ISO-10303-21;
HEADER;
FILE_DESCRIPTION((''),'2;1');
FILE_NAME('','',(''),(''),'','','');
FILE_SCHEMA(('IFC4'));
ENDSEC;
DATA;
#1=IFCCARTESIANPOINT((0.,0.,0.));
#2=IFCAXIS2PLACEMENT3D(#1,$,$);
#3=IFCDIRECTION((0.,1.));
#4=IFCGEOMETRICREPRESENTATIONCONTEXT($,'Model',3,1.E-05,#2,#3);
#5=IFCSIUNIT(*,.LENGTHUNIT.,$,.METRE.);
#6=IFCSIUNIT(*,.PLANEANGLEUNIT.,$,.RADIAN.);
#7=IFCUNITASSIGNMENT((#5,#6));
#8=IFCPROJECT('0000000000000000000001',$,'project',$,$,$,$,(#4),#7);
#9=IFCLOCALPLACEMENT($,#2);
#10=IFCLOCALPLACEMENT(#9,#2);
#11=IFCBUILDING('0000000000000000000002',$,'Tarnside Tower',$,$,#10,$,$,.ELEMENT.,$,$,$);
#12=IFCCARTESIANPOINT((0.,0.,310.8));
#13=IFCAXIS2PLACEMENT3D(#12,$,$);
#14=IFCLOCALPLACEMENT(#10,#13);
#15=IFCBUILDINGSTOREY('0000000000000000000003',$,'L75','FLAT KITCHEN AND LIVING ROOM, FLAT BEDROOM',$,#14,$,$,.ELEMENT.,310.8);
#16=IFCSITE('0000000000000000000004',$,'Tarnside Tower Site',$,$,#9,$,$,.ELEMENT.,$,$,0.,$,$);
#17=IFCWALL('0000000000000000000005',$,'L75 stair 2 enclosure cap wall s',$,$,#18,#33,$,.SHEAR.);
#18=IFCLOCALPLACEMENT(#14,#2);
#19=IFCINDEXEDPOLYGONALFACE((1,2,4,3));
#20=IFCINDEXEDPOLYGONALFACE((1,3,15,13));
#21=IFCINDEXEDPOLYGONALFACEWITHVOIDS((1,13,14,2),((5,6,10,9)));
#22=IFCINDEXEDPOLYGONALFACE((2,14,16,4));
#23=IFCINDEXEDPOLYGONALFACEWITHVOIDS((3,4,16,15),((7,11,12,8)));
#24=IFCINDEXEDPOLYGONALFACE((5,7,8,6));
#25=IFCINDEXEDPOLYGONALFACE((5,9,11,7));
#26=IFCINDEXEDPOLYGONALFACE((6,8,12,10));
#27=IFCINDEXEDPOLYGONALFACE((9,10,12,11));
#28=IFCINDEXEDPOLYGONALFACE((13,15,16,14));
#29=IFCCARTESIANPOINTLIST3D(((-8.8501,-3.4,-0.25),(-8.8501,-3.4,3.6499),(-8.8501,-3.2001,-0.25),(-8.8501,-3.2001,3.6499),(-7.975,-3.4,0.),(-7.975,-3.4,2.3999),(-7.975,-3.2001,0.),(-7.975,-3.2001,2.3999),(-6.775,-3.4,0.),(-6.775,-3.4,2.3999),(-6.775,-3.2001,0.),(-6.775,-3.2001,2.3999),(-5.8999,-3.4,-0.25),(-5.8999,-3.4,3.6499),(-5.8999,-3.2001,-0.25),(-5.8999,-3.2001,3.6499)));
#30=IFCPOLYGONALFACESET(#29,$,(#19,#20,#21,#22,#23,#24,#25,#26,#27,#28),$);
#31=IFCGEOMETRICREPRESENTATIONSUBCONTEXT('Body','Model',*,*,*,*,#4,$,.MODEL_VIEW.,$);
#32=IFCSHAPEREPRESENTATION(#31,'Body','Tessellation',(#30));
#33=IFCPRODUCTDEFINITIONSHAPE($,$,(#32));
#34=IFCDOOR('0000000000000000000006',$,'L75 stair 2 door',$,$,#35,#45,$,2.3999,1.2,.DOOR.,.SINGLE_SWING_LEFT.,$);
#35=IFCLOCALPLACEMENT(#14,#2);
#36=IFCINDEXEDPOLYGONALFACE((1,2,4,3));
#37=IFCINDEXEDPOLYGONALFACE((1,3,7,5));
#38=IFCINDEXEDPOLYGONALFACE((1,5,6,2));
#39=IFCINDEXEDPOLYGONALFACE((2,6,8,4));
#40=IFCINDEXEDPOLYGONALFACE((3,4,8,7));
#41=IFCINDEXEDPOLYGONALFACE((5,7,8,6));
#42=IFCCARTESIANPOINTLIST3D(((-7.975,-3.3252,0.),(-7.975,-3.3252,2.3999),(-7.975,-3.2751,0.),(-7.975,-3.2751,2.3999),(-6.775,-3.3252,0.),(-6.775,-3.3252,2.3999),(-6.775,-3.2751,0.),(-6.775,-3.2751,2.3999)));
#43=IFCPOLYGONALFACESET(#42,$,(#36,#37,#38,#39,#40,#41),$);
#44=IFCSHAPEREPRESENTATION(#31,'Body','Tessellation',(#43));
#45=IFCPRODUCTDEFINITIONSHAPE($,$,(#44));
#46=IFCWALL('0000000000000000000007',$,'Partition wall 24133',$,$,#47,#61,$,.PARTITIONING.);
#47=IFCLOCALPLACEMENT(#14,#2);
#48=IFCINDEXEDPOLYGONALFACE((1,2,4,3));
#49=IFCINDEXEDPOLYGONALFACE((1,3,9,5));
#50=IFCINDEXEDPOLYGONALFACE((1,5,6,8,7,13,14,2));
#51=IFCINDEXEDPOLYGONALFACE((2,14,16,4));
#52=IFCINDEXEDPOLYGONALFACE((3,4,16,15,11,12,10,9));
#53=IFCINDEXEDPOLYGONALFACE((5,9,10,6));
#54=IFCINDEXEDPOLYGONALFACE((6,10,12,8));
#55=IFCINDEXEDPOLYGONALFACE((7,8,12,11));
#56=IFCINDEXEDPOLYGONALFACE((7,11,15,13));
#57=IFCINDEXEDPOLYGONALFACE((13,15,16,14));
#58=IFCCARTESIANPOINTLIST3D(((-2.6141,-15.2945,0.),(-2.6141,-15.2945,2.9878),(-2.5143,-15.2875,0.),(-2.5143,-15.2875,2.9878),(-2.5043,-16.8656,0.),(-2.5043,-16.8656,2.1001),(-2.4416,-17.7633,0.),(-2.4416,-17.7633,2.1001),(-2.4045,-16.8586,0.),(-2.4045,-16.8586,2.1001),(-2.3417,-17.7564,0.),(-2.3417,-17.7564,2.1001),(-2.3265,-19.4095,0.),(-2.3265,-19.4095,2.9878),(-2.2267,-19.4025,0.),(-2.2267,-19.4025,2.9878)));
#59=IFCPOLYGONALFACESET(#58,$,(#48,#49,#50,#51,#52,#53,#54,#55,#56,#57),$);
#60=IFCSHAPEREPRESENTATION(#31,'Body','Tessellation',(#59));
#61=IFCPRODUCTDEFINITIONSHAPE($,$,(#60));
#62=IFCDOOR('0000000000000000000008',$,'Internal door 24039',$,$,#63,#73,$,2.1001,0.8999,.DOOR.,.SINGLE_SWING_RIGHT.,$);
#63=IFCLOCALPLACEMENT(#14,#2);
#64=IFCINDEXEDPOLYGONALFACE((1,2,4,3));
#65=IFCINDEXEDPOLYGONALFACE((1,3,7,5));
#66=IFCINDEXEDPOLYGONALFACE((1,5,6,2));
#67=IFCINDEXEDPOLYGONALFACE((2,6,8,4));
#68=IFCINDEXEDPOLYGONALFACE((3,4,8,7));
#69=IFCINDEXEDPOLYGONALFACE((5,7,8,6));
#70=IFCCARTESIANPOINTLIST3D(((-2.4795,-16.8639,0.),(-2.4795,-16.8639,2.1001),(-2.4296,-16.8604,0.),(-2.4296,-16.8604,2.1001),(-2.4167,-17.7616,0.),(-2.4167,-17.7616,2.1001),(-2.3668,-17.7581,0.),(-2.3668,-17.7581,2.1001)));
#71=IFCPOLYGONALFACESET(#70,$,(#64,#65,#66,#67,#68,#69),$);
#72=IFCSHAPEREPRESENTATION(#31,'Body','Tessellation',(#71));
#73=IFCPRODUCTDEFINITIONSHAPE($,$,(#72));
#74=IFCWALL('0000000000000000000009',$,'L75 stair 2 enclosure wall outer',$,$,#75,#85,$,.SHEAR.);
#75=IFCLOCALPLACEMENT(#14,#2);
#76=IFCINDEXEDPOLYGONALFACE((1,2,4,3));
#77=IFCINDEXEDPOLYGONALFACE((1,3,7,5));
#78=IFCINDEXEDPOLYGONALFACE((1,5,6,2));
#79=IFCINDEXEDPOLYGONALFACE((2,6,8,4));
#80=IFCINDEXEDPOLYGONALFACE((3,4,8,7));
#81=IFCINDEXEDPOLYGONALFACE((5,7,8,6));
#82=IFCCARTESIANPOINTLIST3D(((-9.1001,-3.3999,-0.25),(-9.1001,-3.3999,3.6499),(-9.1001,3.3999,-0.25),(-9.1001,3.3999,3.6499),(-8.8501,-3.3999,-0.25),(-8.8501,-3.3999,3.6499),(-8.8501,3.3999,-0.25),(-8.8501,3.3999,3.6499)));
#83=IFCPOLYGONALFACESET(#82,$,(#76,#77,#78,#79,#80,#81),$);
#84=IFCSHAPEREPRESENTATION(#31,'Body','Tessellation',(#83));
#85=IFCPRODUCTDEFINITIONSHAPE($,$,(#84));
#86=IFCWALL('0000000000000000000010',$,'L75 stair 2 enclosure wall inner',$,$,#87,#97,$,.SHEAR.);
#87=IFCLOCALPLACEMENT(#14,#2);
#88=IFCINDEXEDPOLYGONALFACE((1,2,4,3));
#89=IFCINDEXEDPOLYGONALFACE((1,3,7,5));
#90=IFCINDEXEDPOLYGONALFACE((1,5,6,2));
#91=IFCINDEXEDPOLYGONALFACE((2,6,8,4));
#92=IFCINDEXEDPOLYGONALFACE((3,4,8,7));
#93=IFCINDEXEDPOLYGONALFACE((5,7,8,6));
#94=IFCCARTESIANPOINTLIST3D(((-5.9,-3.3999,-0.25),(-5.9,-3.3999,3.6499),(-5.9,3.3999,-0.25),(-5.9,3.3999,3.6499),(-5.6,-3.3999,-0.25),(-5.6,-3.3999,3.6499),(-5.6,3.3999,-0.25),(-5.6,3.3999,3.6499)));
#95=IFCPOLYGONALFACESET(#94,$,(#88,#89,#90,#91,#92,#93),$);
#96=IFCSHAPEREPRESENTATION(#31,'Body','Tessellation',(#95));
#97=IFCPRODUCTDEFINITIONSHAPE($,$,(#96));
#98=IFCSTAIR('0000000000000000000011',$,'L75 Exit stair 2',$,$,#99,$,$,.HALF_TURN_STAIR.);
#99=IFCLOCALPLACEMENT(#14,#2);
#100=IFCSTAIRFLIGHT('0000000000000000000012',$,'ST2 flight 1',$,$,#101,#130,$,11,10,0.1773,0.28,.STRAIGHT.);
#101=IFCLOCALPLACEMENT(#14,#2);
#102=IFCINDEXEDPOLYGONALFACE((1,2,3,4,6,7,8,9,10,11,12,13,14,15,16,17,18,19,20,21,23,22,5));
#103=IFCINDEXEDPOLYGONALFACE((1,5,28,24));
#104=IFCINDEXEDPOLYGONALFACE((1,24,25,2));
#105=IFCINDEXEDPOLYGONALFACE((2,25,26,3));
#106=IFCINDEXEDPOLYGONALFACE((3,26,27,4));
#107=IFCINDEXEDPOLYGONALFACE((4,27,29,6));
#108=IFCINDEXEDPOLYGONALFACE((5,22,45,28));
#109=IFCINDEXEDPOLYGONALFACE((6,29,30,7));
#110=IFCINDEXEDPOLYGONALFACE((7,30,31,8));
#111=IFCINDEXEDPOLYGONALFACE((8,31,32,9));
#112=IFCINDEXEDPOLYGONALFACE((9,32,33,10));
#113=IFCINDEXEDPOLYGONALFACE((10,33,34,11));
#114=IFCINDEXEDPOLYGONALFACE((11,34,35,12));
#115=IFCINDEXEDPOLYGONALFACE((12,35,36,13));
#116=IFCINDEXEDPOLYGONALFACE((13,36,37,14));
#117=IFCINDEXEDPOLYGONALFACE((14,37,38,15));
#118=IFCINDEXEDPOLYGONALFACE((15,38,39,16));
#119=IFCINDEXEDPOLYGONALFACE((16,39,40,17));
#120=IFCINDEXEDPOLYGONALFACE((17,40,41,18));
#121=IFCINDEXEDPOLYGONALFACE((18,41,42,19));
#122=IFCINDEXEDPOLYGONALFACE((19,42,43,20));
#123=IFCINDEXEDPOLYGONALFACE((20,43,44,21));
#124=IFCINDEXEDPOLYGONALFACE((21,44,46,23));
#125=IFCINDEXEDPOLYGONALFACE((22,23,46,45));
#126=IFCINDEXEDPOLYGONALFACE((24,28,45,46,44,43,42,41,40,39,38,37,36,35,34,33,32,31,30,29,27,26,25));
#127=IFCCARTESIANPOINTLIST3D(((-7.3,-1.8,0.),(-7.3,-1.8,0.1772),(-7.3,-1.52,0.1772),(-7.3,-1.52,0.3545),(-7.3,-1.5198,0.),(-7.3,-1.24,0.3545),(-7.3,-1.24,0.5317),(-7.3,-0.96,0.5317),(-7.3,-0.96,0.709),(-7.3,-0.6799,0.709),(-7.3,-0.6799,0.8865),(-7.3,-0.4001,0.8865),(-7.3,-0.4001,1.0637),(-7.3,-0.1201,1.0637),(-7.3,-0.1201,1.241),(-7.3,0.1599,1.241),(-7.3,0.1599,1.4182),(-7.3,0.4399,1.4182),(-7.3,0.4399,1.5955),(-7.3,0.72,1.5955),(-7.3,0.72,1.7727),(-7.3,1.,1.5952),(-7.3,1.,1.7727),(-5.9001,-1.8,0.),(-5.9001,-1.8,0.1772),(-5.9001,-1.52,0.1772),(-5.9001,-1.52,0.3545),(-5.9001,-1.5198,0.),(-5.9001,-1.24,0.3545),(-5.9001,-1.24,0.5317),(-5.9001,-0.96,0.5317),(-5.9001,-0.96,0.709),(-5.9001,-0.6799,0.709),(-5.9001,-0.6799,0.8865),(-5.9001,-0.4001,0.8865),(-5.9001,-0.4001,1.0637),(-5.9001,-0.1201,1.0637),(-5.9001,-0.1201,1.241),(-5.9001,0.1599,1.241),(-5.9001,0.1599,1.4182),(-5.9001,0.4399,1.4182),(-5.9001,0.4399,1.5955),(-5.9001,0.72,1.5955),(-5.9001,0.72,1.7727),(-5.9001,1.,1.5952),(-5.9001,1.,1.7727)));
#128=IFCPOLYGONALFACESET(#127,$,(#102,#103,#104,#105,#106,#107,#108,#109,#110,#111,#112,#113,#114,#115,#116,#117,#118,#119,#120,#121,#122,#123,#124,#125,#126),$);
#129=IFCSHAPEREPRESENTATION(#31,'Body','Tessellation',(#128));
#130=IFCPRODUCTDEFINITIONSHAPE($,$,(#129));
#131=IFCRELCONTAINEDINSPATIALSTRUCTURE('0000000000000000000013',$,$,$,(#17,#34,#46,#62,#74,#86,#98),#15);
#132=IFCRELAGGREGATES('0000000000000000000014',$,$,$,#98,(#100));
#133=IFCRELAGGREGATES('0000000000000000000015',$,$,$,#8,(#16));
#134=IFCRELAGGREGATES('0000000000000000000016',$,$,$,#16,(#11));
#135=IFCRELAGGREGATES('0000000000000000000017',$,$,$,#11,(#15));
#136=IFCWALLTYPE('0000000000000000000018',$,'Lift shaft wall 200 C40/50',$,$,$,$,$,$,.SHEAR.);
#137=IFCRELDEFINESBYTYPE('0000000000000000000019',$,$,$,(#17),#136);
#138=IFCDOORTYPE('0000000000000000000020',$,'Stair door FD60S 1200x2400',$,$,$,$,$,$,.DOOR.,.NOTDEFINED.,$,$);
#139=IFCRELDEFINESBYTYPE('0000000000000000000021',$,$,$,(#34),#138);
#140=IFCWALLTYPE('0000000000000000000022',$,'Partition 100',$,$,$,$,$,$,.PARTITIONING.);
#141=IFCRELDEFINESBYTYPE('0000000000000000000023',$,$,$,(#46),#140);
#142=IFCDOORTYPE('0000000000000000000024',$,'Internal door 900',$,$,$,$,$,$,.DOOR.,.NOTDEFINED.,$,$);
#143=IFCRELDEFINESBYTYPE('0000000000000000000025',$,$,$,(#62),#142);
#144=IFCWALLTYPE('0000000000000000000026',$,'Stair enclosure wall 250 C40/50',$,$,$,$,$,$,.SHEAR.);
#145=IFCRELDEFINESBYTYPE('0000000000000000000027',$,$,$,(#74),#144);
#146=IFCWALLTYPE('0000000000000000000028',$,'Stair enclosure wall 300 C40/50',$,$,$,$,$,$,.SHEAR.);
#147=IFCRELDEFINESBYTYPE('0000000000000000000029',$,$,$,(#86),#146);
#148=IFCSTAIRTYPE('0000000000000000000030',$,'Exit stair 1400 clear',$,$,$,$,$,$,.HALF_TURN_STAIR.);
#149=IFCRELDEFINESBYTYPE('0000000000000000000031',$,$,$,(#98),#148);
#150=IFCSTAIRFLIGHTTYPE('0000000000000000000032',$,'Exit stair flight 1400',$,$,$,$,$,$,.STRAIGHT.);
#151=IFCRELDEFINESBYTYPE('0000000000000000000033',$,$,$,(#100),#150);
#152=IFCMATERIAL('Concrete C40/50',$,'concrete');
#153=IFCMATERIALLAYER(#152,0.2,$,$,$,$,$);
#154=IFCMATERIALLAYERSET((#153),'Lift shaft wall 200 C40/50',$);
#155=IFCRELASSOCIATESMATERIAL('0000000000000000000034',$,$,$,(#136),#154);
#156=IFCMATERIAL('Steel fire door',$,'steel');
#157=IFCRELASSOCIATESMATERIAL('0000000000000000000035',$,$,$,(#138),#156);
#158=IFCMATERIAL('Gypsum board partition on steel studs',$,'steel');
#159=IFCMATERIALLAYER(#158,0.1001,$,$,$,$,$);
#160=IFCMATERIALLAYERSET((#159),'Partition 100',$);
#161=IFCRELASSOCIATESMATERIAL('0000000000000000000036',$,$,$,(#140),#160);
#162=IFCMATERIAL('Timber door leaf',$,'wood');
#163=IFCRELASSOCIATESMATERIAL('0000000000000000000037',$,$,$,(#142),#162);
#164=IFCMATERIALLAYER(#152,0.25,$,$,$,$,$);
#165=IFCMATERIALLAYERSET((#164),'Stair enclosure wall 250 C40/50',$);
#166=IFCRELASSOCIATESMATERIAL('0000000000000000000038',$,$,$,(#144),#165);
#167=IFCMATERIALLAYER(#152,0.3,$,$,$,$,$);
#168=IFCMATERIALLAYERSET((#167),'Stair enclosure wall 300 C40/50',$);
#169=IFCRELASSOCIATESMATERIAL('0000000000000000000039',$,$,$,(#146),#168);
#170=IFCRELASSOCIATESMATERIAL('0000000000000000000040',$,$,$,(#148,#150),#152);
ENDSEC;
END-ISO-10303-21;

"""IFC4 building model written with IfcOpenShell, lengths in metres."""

from ifc_helpers import new_model, si_unit, direction, frame, frame_2d, origin, place, context, subcontext, project, spatial, polyline, rectangle, outline, extrude, material, layer, layer_set, type_object, element, fill, aggregate, save


model = new_model("IFC4")

# Units and contexts
model_context = context("Model", 3, precision=1e-05, world=origin(), true_north=direction((0.0, 1.0)))
body_context = subcontext(model_context, "Body", "Model", "MODEL_VIEW")
ifc_project = project(units=[si_unit("LENGTHUNIT", "METRE"), si_unit("PLANEANGLEUNIT", "RADIAN")], contexts=[model_context])

# Site, building, storey
site_placement = place(None, origin())
site = spatial("IfcSite", under=ifc_project, at=site_placement, Name="Tarnside Tower Site", CompositionType="ELEMENT", RefElevation=0.0)
building_placement = place(site_placement, origin())
building = spatial("IfcBuilding", under=site, at=building_placement, Name="Tarnside Tower", CompositionType="ELEMENT")
storey_placement = place(building_placement, frame((0.0, 0.0, 310.8)))
storey = spatial("IfcBuildingStorey", under=building, at=storey_placement, Name="L75", Description="FLAT KITCHEN AND LIVING ROOM, FLAT BEDROOM", CompositionType="ELEMENT", Elevation=310.8)

# Shared definitions
ifc_material_1 = material(Name="Gypsum board partition on steel studs", Category="steel")
ifc_material_2 = material(Name="Timber door leaf", Category="wood")
ifc_material_3 = material(Name="Concrete C40/50", Category="concrete")
ifc_material_4 = material(Name="Steel fire door", Category="steel")

# Shared definitions
ifc_layer_1 = layer(ifc_material_3, 0.2)
ifc_layer_set_1 = layer_set([ifc_layer_1], Name="Lift shaft wall 200 C40/50")
wall_type_1 = type_object("IfcWallType", Name="Lift shaft wall 200 C40/50", PredefinedType="SHEAR", material=ifc_layer_set_1)

# Walls, openings, doors
wall_1_placement = place(storey_placement, frame((-8.8501, -3.3, -0.25), z_axis=(0.0, 0.0, 1.0), x_axis=(1.0, 0.0, 0.0)))
wall_1 = element("IfcWall", 1, at=wall_1_placement, inside=storey, type_object=wall_type_1, Name="L75 stair 2 enclosure cap wall s", PredefinedType="SHEAR", context=body_context, shape_type="SweptSolid", body=[
    extrude(rectangle(XDim=2.9502, YDim=0.2, at=frame_2d((1.4751, 0.0))), origin(), (0.0, 0.0, 1.0), 3.8999),
])
opening_1_placement = place(wall_1_placement, frame((0.875, 0.0, 0.25)))
opening_1 = element("IfcOpeningElement", 2, at=opening_1_placement, cuts=wall_1, PredefinedType="OPENING", context=body_context, shape_type="SweptSolid", body=[
    extrude(rectangle(XDim=1.2, YDim=2.3999, at=frame_2d((0.6001, 1.2))), frame((0.0, 0.1099, 0.0), z_axis=(0.0, -1.0, 0.0), x_axis=(1.0, 0.0, 0.0)), (0.0, 0.0, 1.0), 0.22),
])
door_type_1 = type_object("IfcDoorType", Name="Stair door FD60S 1200x2400", OperationType="NOTDEFINED", PredefinedType="DOOR", material=ifc_material_4)
door_1_placement = place(opening_1_placement, origin())
door_1 = element("IfcDoor", 3, at=door_1_placement, inside=storey, type_object=door_type_1, Name="L75 stair 2 door", OperationType="SINGLE_SWING_LEFT", OverallHeight=2.3999, OverallWidth=1.2, PredefinedType="DOOR", context=body_context, shape_type="SweptSolid", body=[
    extrude(rectangle(XDim=1.2, YDim=2.3999, at=frame_2d((0.6001, 1.2))), frame((0.0, 0.0249, 0.0), z_axis=(0.0, -1.0, 0.0), x_axis=(1.0, 0.0, 0.0)), (0.0, 0.0, 1.0), 0.05),
])
fill(opening_1, door_1)
ifc_layer_2 = layer(ifc_material_1, 0.1001)
ifc_layer_set_2 = layer_set([ifc_layer_2], Name="Partition 100")
wall_type_2 = type_object("IfcWallType", Name="Partition 100", PredefinedType="PARTITIONING", material=ifc_layer_set_2)
wall_2_placement = place(storey_placement, frame((-2.5642, -15.291, 0.0), z_axis=(0.0, 0.0, 1.0), x_axis=(0.06972, -0.997567, 0.0)))
wall_2 = element("IfcWall", 4, at=wall_2_placement, inside=storey, type_object=wall_type_2, Name="Partition wall 24133", PredefinedType="PARTITIONING", context=body_context, shape_type="SweptSolid", body=[
    extrude(rectangle(XDim=4.125, YDim=0.1001, at=frame_2d((2.0625, 0.0))), origin(), (0.0, 0.0, 1.0), 2.9878),
])
opening_2_placement = place(wall_2_placement, frame((1.575, 0.0, 0.0)))
opening_2 = element("IfcOpeningElement", 5, at=opening_2_placement, cuts=wall_2, PredefinedType="OPENING", context=body_context, shape_type="SweptSolid", body=[
    extrude(rectangle(XDim=0.8999, YDim=2.1001, at=frame_2d((0.45, 1.05))), frame((0.0, 0.0601, 0.0), z_axis=(0.0, -1.0, 0.0), x_axis=(1.0, 0.0, 0.0)), (0.0, 0.0, 1.0), 0.1201),
])
door_type_2 = type_object("IfcDoorType", Name="Internal door 900", OperationType="NOTDEFINED", PredefinedType="DOOR", material=ifc_material_2)
door_2_placement = place(opening_2_placement, origin())
door_2 = element("IfcDoor", 6, at=door_2_placement, inside=storey, type_object=door_type_2, Name="Internal door 24039", OperationType="SINGLE_SWING_RIGHT", OverallHeight=2.1001, OverallWidth=0.8999, PredefinedType="DOOR", context=body_context, shape_type="SweptSolid", body=[
    extrude(rectangle(XDim=0.8999, YDim=2.1001, at=frame_2d((0.45, 1.05))), frame((0.0, 0.0249, 0.0), z_axis=(0.0, -1.0, 0.0), x_axis=(1.0, 0.0, 0.0)), (0.0, 0.0, 1.0), 0.05),
])
fill(opening_2, door_2)

# Walls
ifc_layer_3 = layer(ifc_material_3, 0.25)
ifc_layer_set_3 = layer_set([ifc_layer_3], Name="Stair enclosure wall 250 C40/50")
wall_type_3 = type_object("IfcWallType", Name="Stair enclosure wall 250 C40/50", PredefinedType="SHEAR", material=ifc_layer_set_3)
wall_3_placement = place(storey_placement, frame((-8.9751, -3.3999, -0.25), z_axis=(0.0, 0.0, 1.0), x_axis=(0.0, 1.0, 0.0)))
element("IfcWall", 7, at=wall_3_placement, inside=storey, type_object=wall_type_3, Name="L75 stair 2 enclosure wall outer", PredefinedType="SHEAR", context=body_context, shape_type="SweptSolid", body=[
    extrude(rectangle(XDim=6.7998, YDim=0.25, at=frame_2d((3.3999, 0.0))), origin(), (0.0, 0.0, 1.0), 3.8999),
])
ifc_layer_4 = layer(ifc_material_3, 0.3)
ifc_layer_set_4 = layer_set([ifc_layer_4], Name="Stair enclosure wall 300 C40/50")
wall_type_4 = type_object("IfcWallType", Name="Stair enclosure wall 300 C40/50", PredefinedType="SHEAR", material=ifc_layer_set_4)
wall_4_placement = place(storey_placement, frame((-5.75, -3.3999, -0.25), z_axis=(0.0, 0.0, 1.0), x_axis=(0.0, 1.0, 0.0)))
element("IfcWall", 8, at=wall_4_placement, inside=storey, type_object=wall_type_4, Name="L75 stair 2 enclosure wall inner", PredefinedType="SHEAR", context=body_context, shape_type="SweptSolid", body=[
    extrude(rectangle(XDim=6.7998, YDim=0.3, at=frame_2d((3.3999, 0.0))), origin(), (0.0, 0.0, 1.0), 3.8999),
])

# Stair, stair flight
stair_type = type_object("IfcStairType", Name="Exit stair 1400 clear", PredefinedType="HALF_TURN_STAIR", material=ifc_material_3)
stair_placement = place(storey_placement, origin())
stair = element("IfcStair", 9, at=stair_placement, inside=storey, type_object=stair_type, Name="L75 Exit stair 2", PredefinedType="HALF_TURN_STAIR")
stair_flight_type = type_object("IfcStairFlightType", Name="Exit stair flight 1400", PredefinedType="STRAIGHT", material=ifc_material_3)
stair_flight_placement = place(storey_placement, frame((-6.6001, -1.8, 0.0), z_axis=(0.0, 0.0, 1.0), x_axis=(0.0, 1.0, 0.0)))
stair_flight = element("IfcStairFlight", 10, at=stair_flight_placement, type_object=stair_flight_type, Name="ST2 flight 1", NumberOfRisers=11, NumberOfTreads=10, PredefinedType="STRAIGHT", RiserHeight=0.1773, TreadLength=0.28, context=body_context, shape_type="SweptSolid", body=[
    extrude(outline(polyline([(0.0, 0.0), (0.0, 0.1772), (0.28, 0.1772), (0.28, 0.3545), (0.5601, 0.3545), (0.5601, 0.5317), (0.8401, 0.5317), (0.8401, 0.709), (1.1201, 0.709), (1.1201, 0.8865), (1.3999, 0.8865), (1.3999, 1.0637), (1.6799, 1.0637), (1.6799, 1.241), (1.96, 1.241), (1.96, 1.4182), (2.24, 1.4182), (2.24, 1.5955), (2.52, 1.5955), (2.52, 1.7727), (2.8, 1.7727), (2.8, 1.95), (2.8, 1.5952), (0.2803, 0.0), (0.0, 0.0)])), frame((0.0, 0.7, 0.0), z_axis=(0.0, -1.0, 0.0), x_axis=(1.0, 0.0, 0.0)), (0.0, 0.0, 1.0), 1.3999),
])
aggregate(stair, [stair_flight])

save(model, "model.ifc")
